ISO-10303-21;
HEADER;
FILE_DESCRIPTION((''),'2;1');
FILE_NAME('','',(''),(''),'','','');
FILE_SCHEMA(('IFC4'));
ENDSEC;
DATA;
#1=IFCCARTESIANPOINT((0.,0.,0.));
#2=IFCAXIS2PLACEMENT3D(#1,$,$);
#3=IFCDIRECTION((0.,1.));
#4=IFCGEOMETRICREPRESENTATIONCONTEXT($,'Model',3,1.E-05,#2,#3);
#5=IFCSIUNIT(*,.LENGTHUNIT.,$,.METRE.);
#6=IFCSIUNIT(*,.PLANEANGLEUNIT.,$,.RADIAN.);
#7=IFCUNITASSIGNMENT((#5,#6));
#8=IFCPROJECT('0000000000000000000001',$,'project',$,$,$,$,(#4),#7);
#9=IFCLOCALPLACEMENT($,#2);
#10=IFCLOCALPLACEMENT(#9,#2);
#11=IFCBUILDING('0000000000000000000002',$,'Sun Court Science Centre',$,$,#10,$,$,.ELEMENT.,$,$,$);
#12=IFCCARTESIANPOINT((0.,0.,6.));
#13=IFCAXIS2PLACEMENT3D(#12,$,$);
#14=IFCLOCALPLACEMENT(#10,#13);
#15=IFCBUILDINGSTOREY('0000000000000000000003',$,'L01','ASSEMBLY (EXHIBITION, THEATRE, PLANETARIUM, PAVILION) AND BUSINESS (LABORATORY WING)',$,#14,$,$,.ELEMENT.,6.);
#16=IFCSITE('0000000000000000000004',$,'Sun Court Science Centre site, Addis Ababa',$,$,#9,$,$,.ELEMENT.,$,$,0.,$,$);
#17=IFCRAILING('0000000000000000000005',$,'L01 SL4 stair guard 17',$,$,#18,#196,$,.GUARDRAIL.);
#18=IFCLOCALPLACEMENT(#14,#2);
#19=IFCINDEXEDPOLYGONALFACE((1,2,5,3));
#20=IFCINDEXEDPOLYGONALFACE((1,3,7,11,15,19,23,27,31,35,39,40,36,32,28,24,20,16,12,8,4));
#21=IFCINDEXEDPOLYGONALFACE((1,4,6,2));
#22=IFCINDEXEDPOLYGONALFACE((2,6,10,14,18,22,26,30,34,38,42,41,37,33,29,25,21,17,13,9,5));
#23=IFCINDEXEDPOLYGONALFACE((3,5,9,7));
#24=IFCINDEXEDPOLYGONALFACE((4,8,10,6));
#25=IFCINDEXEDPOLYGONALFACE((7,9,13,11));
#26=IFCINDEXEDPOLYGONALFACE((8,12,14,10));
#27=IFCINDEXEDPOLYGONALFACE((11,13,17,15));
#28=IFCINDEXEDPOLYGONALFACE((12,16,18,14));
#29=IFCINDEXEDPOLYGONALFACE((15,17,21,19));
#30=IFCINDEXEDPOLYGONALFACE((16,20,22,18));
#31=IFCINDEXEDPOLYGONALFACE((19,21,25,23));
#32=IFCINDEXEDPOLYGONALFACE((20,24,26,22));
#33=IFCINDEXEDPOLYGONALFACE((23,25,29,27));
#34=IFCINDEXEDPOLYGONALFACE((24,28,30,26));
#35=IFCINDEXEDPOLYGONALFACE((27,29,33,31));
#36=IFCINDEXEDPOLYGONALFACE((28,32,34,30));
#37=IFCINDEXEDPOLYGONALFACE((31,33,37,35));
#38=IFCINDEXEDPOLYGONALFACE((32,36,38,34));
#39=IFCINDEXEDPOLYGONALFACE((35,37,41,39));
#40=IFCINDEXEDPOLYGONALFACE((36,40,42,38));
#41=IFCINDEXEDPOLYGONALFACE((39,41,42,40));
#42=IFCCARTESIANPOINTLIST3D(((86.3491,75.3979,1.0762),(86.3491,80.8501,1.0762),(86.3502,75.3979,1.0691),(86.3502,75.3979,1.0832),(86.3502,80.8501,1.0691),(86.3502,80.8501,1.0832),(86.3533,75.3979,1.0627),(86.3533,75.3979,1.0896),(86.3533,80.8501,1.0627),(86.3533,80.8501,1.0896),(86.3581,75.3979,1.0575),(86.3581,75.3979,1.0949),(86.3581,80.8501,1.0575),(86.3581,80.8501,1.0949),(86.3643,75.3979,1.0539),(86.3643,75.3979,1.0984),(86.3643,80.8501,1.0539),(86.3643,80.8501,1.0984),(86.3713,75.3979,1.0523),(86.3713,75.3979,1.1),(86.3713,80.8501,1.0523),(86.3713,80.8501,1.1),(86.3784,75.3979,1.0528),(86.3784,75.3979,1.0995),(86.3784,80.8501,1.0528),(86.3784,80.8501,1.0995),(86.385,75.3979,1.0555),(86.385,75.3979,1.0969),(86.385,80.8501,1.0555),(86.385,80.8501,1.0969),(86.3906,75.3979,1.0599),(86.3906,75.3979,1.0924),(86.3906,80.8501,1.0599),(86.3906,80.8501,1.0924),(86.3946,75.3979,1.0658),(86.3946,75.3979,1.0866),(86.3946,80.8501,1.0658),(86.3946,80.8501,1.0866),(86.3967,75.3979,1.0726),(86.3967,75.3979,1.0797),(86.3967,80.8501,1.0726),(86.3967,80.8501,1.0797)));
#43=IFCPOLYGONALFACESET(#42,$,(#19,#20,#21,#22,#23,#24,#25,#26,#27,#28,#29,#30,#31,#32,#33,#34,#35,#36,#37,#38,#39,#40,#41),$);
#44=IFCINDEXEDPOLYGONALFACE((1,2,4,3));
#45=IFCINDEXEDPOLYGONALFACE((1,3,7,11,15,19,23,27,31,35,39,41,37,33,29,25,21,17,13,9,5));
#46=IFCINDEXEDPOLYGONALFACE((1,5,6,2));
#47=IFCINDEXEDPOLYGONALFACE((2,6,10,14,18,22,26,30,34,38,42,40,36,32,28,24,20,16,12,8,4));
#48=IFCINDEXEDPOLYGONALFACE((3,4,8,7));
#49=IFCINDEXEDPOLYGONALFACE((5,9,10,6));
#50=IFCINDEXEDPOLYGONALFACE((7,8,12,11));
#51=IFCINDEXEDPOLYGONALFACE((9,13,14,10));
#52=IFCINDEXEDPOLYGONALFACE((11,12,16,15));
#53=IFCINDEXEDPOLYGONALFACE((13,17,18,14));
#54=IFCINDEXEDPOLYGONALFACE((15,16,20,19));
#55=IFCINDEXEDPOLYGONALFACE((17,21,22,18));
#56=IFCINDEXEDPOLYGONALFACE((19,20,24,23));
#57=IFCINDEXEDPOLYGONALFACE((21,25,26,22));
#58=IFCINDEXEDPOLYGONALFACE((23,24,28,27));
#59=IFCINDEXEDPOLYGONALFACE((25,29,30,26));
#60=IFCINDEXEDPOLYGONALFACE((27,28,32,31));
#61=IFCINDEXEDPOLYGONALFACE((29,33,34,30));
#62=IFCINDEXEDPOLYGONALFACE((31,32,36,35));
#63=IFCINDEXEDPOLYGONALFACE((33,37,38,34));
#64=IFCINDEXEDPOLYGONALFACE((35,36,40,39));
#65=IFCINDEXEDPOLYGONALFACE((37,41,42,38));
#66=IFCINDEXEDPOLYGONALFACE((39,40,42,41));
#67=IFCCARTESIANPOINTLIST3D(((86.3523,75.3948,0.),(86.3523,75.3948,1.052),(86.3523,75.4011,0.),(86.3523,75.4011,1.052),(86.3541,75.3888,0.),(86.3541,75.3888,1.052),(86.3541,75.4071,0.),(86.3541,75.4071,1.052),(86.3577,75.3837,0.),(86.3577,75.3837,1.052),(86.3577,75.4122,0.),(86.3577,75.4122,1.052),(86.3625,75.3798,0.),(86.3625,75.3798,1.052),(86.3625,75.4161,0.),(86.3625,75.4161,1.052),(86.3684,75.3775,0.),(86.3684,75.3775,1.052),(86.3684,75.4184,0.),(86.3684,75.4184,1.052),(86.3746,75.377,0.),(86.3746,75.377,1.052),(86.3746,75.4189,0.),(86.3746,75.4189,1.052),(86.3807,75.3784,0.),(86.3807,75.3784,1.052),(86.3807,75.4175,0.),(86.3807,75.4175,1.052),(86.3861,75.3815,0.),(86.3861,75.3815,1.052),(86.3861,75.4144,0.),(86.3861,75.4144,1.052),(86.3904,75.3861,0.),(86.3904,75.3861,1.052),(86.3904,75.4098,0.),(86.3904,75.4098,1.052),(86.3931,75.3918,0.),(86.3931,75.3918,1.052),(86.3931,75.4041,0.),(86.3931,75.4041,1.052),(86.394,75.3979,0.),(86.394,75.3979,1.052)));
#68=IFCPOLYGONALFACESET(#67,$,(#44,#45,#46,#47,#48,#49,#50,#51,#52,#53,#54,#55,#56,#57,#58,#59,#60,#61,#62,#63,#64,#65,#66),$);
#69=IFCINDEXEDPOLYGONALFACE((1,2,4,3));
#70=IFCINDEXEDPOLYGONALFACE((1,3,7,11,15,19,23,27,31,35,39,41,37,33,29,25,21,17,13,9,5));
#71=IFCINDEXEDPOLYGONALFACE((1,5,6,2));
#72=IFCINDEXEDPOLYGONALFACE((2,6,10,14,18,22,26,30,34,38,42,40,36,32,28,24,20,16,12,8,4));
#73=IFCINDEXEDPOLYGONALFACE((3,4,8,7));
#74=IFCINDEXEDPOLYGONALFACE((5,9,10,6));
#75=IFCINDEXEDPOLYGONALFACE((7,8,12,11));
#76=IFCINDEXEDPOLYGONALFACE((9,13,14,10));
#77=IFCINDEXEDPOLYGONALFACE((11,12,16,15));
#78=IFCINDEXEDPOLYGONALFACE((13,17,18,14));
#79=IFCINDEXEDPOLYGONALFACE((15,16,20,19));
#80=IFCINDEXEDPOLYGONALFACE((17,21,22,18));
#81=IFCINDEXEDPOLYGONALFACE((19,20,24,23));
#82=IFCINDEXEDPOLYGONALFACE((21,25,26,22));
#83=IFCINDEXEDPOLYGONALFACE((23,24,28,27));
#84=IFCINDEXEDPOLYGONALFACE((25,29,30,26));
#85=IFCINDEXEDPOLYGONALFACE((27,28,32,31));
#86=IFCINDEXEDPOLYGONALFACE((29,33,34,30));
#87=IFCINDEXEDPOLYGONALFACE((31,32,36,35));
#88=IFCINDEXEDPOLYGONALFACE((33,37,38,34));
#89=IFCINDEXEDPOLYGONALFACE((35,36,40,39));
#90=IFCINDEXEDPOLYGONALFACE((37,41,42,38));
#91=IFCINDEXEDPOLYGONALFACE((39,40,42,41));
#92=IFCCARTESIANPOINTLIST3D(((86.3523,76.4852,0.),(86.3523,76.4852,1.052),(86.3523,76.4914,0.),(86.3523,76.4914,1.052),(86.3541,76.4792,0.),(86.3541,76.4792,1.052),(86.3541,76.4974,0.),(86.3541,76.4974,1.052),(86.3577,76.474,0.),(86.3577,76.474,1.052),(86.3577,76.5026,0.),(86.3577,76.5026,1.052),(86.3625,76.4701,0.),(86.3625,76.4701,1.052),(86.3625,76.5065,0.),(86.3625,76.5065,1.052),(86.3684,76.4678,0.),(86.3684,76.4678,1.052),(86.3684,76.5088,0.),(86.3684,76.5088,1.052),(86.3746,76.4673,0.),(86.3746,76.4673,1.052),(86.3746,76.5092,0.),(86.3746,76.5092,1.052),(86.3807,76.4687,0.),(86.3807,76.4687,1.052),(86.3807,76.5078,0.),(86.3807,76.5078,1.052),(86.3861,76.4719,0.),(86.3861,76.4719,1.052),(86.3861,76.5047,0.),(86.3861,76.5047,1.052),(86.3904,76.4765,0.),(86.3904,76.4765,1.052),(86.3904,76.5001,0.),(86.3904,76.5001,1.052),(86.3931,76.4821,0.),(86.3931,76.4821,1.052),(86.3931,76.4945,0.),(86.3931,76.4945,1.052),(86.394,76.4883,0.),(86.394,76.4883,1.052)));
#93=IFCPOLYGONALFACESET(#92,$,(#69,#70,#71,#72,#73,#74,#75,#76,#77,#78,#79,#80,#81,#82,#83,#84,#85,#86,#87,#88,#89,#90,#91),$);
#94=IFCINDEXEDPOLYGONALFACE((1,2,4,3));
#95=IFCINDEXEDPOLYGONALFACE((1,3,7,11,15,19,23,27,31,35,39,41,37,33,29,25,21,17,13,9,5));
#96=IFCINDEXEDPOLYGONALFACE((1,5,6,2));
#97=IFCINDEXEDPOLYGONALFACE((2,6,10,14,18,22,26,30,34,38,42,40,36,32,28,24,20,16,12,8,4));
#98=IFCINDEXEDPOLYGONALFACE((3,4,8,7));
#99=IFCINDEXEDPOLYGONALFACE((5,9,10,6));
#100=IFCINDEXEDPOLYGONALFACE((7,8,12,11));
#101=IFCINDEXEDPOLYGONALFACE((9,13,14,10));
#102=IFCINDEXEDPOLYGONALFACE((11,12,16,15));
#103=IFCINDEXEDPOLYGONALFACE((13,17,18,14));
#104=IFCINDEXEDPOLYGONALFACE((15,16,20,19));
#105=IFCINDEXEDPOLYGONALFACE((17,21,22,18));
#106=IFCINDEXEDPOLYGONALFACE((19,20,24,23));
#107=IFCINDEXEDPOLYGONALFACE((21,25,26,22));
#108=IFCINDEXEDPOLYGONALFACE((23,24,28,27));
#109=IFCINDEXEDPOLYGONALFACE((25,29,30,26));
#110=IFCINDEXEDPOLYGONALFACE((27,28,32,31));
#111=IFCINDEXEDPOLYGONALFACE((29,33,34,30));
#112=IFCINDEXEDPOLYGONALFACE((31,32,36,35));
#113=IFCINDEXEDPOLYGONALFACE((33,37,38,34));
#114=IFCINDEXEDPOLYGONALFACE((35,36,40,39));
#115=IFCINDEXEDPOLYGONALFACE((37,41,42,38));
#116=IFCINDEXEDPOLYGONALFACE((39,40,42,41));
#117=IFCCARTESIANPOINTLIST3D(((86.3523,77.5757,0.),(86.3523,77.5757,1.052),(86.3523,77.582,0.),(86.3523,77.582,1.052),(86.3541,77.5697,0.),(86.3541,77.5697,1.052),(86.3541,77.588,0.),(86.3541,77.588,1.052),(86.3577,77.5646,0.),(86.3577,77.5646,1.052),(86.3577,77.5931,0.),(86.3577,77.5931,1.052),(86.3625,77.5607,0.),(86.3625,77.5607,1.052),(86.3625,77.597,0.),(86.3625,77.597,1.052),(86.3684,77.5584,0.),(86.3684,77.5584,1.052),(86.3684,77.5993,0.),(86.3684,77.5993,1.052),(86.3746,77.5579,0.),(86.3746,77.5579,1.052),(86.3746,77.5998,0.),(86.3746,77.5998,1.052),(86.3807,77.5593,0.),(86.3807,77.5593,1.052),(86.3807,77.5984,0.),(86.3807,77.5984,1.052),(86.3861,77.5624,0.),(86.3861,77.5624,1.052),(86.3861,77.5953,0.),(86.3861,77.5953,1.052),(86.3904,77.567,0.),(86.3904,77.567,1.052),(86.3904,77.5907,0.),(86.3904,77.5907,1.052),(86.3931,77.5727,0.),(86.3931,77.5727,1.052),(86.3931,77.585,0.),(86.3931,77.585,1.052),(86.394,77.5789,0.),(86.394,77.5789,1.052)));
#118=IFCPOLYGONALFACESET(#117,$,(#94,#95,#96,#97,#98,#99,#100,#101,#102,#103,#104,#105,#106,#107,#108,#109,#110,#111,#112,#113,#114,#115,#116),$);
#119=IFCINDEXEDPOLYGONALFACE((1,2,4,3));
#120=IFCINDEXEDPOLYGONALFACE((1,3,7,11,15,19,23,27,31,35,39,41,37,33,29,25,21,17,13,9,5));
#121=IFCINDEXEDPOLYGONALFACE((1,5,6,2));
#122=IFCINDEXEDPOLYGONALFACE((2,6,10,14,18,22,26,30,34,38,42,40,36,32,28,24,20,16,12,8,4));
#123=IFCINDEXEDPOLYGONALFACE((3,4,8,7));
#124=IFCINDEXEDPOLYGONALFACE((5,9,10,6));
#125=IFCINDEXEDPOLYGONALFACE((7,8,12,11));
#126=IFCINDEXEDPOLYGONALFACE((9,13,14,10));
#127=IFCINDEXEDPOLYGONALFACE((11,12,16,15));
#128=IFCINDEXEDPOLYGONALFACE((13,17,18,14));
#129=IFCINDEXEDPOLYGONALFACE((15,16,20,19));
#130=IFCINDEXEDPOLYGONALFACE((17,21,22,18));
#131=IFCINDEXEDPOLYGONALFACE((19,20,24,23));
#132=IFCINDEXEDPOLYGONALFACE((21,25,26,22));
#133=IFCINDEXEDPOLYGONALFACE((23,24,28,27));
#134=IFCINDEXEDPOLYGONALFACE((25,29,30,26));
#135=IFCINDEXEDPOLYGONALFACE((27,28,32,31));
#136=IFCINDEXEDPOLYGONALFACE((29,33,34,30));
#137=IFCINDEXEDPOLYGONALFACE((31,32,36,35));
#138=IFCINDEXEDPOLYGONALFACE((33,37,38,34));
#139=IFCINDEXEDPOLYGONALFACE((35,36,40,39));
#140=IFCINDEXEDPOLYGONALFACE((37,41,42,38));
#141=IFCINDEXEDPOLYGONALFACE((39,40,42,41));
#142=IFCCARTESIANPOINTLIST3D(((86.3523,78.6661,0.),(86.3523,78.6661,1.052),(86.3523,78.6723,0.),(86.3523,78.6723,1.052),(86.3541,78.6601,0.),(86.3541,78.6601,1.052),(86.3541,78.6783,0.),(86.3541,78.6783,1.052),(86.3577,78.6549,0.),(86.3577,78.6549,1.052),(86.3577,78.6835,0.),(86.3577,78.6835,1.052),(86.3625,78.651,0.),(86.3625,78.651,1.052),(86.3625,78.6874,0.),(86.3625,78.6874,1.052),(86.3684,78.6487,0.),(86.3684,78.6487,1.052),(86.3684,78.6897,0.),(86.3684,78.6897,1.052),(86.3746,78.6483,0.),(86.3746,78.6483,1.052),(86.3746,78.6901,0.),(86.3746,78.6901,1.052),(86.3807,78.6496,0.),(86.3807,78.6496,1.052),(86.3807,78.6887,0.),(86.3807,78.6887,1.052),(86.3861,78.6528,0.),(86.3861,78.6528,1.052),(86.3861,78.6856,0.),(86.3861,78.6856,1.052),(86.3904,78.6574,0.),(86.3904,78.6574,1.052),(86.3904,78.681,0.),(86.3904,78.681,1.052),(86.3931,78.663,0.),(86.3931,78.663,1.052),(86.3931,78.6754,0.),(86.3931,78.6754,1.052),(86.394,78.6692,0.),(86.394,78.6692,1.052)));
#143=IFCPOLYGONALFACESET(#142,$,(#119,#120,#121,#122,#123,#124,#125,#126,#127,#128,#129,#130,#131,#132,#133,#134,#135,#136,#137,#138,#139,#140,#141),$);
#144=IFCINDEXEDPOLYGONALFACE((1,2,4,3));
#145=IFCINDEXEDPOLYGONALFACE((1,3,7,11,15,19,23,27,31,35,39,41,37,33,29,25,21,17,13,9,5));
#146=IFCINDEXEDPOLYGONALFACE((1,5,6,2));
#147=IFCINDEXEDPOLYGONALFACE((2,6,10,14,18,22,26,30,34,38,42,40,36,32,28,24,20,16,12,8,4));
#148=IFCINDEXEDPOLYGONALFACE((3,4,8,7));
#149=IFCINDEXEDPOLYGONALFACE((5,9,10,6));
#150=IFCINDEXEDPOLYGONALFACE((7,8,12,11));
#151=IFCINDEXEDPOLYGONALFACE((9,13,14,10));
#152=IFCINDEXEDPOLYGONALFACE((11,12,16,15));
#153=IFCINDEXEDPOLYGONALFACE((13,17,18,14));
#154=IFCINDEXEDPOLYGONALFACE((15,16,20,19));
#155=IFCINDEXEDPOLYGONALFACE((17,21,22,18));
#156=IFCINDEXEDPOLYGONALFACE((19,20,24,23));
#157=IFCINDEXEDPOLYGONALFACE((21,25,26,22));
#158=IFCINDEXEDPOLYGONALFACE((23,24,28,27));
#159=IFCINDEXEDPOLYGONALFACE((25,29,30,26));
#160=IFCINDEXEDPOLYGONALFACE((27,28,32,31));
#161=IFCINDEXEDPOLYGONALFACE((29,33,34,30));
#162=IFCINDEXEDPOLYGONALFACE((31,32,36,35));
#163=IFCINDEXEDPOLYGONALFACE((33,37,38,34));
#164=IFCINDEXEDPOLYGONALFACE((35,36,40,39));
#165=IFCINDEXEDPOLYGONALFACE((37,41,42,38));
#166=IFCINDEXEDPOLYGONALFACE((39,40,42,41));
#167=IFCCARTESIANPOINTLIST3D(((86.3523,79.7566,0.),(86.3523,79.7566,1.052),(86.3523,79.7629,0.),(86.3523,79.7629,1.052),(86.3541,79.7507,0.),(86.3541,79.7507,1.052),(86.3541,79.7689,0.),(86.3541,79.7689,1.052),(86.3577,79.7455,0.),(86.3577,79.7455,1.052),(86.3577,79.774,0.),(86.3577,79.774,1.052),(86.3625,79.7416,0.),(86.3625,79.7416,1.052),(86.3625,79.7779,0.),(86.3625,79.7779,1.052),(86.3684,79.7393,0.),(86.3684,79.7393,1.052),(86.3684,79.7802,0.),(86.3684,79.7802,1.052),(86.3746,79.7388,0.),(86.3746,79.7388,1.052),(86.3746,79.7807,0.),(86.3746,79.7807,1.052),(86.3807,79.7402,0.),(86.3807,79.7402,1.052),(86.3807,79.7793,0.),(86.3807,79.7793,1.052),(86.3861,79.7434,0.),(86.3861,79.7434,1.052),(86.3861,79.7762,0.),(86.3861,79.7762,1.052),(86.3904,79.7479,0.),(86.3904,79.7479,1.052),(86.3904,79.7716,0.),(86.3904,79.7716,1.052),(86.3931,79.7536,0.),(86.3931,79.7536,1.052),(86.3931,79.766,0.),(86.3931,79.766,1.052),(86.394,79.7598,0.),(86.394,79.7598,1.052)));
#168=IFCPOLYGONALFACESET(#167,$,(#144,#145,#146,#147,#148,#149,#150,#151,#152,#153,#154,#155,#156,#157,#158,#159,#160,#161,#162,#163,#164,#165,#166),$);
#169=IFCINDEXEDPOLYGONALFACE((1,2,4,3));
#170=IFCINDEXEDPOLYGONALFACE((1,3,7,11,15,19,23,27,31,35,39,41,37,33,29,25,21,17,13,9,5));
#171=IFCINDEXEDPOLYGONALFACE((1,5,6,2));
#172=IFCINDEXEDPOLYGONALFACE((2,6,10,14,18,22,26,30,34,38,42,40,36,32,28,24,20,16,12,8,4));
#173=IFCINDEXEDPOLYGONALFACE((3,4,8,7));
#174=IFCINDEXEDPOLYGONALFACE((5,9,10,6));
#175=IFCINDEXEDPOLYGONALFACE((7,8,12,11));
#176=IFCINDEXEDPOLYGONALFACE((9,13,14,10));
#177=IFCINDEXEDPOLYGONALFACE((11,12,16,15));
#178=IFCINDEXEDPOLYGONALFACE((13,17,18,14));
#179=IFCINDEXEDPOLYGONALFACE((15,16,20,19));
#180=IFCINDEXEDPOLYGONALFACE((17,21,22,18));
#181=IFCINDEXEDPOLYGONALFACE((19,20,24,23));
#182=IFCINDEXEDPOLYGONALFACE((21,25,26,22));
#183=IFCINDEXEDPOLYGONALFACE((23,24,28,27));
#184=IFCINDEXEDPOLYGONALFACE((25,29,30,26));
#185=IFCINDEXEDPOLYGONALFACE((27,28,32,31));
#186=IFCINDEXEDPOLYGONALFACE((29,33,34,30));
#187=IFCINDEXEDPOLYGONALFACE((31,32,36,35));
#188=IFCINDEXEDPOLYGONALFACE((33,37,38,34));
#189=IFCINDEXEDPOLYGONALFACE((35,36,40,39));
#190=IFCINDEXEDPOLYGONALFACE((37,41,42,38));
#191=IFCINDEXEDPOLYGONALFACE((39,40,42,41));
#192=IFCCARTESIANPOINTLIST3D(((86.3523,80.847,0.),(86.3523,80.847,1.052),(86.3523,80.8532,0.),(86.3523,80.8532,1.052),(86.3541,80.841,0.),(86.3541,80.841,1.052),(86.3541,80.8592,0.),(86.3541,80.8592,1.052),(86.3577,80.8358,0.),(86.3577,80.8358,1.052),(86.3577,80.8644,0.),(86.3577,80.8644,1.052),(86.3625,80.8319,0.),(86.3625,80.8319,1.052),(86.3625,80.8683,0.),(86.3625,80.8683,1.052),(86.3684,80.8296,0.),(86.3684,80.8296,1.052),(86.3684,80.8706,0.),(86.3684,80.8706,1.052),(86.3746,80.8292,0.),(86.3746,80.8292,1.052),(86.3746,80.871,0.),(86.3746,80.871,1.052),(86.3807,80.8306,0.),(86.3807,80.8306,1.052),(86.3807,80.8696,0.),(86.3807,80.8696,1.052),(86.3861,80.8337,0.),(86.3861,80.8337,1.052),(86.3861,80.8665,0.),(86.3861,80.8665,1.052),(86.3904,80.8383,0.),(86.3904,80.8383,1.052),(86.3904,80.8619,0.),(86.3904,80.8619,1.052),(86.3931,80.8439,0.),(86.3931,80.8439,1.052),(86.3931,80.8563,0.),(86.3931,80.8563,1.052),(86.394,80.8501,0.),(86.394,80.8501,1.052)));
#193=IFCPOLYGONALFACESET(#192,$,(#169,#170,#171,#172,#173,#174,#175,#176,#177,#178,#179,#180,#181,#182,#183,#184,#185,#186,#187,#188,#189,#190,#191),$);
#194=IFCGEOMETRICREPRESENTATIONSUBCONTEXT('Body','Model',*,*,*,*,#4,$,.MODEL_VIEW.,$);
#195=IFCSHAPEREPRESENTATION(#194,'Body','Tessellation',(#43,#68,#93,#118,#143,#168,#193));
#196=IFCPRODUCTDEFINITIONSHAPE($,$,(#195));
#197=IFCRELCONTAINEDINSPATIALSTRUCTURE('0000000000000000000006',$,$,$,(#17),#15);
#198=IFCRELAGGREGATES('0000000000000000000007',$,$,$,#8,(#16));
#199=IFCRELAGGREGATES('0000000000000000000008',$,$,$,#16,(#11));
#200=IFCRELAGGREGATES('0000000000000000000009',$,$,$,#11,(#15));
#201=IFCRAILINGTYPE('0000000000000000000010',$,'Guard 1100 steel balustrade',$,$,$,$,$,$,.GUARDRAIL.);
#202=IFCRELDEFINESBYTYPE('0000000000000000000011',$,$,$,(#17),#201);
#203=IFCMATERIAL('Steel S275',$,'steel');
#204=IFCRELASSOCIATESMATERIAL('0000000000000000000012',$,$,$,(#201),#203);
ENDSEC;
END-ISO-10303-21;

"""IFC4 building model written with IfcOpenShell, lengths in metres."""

from ifc_helpers import new_model, si_unit, direction, frame, origin, origin_2d, place, context, subcontext, project, spatial, circle, extrude, material, type_object, element, save


model = new_model("IFC4")

# Units and contexts
model_context = context("Model", 3, precision=1e-05, world=origin(), true_north=direction((0.0, 1.0)))
body_context = subcontext(model_context, "Body", "Model", "MODEL_VIEW")
ifc_project = project(units=[si_unit("LENGTHUNIT", "METRE"), si_unit("PLANEANGLEUNIT", "RADIAN")], contexts=[model_context])

# Site, building, storey
site_placement = place(None, origin())
site = spatial("IfcSite", under=ifc_project, at=site_placement, Name="Sun Court Science Centre site, Addis Ababa", CompositionType="ELEMENT", RefElevation=0.0)
building_placement = place(site_placement, origin())
building = spatial("IfcBuilding", under=site, at=building_placement, Name="Sun Court Science Centre", CompositionType="ELEMENT")
storey_placement = place(building_placement, frame((0.0, 0.0, 6.0)))
storey = spatial("IfcBuildingStorey", under=building, at=storey_placement, Name="L01", Description="ASSEMBLY (EXHIBITION, THEATRE, PLANETARIUM, PAVILION) AND BUSINESS (LABORATORY WING)", CompositionType="ELEMENT", Elevation=6.0)

# Railing
ifc_material_1 = material(Name="Steel S275", Category="steel")
railing_type_1 = type_object("IfcRailingType", Name="Guard 1100 steel balustrade", PredefinedType="GUARDRAIL", material=ifc_material_1)
railing_1_placement = place(storey_placement, frame((86.373, 75.3979, 0.0)))
element("IfcRailing", 1, at=railing_1_placement, inside=storey, type_object=railing_type_1, Name="L01 SL4 stair guard 17", PredefinedType="GUARDRAIL", context=body_context, shape_type="SweptSolid", body=[
    extrude(circle(Radius=0.0239, at=origin_2d()), frame((0.0, 0.0, 1.0762), z_axis=(0.0, 1.0, 0.0), x_axis=(-1.0, 0.0, 0.0)), (0.0, 0.0, 1.0), 5.4521),
    extrude(circle(Radius=0.021, at=origin_2d()), origin(), (0.0, 0.0, 1.0), 1.052),
    extrude(circle(Radius=0.021, at=origin_2d()), frame((0.0, 1.0903, 0.0)), (0.0, 0.0, 1.0), 1.052),
    extrude(circle(Radius=0.021, at=origin_2d()), frame((0.0, 2.1809, 0.0)), (0.0, 0.0, 1.0), 1.052),
    extrude(circle(Radius=0.021, at=origin_2d()), frame((0.0, 3.2712, 0.0)), (0.0, 0.0, 1.0), 1.052),
    extrude(circle(Radius=0.021, at=origin_2d()), frame((0.0, 4.3618, 0.0)), (0.0, 0.0, 1.0), 1.052),
    extrude(circle(Radius=0.021, at=origin_2d()), frame((0.0, 5.4521, 0.0)), (0.0, 0.0, 1.0), 1.052),
])

save(model, "model.ifc")
